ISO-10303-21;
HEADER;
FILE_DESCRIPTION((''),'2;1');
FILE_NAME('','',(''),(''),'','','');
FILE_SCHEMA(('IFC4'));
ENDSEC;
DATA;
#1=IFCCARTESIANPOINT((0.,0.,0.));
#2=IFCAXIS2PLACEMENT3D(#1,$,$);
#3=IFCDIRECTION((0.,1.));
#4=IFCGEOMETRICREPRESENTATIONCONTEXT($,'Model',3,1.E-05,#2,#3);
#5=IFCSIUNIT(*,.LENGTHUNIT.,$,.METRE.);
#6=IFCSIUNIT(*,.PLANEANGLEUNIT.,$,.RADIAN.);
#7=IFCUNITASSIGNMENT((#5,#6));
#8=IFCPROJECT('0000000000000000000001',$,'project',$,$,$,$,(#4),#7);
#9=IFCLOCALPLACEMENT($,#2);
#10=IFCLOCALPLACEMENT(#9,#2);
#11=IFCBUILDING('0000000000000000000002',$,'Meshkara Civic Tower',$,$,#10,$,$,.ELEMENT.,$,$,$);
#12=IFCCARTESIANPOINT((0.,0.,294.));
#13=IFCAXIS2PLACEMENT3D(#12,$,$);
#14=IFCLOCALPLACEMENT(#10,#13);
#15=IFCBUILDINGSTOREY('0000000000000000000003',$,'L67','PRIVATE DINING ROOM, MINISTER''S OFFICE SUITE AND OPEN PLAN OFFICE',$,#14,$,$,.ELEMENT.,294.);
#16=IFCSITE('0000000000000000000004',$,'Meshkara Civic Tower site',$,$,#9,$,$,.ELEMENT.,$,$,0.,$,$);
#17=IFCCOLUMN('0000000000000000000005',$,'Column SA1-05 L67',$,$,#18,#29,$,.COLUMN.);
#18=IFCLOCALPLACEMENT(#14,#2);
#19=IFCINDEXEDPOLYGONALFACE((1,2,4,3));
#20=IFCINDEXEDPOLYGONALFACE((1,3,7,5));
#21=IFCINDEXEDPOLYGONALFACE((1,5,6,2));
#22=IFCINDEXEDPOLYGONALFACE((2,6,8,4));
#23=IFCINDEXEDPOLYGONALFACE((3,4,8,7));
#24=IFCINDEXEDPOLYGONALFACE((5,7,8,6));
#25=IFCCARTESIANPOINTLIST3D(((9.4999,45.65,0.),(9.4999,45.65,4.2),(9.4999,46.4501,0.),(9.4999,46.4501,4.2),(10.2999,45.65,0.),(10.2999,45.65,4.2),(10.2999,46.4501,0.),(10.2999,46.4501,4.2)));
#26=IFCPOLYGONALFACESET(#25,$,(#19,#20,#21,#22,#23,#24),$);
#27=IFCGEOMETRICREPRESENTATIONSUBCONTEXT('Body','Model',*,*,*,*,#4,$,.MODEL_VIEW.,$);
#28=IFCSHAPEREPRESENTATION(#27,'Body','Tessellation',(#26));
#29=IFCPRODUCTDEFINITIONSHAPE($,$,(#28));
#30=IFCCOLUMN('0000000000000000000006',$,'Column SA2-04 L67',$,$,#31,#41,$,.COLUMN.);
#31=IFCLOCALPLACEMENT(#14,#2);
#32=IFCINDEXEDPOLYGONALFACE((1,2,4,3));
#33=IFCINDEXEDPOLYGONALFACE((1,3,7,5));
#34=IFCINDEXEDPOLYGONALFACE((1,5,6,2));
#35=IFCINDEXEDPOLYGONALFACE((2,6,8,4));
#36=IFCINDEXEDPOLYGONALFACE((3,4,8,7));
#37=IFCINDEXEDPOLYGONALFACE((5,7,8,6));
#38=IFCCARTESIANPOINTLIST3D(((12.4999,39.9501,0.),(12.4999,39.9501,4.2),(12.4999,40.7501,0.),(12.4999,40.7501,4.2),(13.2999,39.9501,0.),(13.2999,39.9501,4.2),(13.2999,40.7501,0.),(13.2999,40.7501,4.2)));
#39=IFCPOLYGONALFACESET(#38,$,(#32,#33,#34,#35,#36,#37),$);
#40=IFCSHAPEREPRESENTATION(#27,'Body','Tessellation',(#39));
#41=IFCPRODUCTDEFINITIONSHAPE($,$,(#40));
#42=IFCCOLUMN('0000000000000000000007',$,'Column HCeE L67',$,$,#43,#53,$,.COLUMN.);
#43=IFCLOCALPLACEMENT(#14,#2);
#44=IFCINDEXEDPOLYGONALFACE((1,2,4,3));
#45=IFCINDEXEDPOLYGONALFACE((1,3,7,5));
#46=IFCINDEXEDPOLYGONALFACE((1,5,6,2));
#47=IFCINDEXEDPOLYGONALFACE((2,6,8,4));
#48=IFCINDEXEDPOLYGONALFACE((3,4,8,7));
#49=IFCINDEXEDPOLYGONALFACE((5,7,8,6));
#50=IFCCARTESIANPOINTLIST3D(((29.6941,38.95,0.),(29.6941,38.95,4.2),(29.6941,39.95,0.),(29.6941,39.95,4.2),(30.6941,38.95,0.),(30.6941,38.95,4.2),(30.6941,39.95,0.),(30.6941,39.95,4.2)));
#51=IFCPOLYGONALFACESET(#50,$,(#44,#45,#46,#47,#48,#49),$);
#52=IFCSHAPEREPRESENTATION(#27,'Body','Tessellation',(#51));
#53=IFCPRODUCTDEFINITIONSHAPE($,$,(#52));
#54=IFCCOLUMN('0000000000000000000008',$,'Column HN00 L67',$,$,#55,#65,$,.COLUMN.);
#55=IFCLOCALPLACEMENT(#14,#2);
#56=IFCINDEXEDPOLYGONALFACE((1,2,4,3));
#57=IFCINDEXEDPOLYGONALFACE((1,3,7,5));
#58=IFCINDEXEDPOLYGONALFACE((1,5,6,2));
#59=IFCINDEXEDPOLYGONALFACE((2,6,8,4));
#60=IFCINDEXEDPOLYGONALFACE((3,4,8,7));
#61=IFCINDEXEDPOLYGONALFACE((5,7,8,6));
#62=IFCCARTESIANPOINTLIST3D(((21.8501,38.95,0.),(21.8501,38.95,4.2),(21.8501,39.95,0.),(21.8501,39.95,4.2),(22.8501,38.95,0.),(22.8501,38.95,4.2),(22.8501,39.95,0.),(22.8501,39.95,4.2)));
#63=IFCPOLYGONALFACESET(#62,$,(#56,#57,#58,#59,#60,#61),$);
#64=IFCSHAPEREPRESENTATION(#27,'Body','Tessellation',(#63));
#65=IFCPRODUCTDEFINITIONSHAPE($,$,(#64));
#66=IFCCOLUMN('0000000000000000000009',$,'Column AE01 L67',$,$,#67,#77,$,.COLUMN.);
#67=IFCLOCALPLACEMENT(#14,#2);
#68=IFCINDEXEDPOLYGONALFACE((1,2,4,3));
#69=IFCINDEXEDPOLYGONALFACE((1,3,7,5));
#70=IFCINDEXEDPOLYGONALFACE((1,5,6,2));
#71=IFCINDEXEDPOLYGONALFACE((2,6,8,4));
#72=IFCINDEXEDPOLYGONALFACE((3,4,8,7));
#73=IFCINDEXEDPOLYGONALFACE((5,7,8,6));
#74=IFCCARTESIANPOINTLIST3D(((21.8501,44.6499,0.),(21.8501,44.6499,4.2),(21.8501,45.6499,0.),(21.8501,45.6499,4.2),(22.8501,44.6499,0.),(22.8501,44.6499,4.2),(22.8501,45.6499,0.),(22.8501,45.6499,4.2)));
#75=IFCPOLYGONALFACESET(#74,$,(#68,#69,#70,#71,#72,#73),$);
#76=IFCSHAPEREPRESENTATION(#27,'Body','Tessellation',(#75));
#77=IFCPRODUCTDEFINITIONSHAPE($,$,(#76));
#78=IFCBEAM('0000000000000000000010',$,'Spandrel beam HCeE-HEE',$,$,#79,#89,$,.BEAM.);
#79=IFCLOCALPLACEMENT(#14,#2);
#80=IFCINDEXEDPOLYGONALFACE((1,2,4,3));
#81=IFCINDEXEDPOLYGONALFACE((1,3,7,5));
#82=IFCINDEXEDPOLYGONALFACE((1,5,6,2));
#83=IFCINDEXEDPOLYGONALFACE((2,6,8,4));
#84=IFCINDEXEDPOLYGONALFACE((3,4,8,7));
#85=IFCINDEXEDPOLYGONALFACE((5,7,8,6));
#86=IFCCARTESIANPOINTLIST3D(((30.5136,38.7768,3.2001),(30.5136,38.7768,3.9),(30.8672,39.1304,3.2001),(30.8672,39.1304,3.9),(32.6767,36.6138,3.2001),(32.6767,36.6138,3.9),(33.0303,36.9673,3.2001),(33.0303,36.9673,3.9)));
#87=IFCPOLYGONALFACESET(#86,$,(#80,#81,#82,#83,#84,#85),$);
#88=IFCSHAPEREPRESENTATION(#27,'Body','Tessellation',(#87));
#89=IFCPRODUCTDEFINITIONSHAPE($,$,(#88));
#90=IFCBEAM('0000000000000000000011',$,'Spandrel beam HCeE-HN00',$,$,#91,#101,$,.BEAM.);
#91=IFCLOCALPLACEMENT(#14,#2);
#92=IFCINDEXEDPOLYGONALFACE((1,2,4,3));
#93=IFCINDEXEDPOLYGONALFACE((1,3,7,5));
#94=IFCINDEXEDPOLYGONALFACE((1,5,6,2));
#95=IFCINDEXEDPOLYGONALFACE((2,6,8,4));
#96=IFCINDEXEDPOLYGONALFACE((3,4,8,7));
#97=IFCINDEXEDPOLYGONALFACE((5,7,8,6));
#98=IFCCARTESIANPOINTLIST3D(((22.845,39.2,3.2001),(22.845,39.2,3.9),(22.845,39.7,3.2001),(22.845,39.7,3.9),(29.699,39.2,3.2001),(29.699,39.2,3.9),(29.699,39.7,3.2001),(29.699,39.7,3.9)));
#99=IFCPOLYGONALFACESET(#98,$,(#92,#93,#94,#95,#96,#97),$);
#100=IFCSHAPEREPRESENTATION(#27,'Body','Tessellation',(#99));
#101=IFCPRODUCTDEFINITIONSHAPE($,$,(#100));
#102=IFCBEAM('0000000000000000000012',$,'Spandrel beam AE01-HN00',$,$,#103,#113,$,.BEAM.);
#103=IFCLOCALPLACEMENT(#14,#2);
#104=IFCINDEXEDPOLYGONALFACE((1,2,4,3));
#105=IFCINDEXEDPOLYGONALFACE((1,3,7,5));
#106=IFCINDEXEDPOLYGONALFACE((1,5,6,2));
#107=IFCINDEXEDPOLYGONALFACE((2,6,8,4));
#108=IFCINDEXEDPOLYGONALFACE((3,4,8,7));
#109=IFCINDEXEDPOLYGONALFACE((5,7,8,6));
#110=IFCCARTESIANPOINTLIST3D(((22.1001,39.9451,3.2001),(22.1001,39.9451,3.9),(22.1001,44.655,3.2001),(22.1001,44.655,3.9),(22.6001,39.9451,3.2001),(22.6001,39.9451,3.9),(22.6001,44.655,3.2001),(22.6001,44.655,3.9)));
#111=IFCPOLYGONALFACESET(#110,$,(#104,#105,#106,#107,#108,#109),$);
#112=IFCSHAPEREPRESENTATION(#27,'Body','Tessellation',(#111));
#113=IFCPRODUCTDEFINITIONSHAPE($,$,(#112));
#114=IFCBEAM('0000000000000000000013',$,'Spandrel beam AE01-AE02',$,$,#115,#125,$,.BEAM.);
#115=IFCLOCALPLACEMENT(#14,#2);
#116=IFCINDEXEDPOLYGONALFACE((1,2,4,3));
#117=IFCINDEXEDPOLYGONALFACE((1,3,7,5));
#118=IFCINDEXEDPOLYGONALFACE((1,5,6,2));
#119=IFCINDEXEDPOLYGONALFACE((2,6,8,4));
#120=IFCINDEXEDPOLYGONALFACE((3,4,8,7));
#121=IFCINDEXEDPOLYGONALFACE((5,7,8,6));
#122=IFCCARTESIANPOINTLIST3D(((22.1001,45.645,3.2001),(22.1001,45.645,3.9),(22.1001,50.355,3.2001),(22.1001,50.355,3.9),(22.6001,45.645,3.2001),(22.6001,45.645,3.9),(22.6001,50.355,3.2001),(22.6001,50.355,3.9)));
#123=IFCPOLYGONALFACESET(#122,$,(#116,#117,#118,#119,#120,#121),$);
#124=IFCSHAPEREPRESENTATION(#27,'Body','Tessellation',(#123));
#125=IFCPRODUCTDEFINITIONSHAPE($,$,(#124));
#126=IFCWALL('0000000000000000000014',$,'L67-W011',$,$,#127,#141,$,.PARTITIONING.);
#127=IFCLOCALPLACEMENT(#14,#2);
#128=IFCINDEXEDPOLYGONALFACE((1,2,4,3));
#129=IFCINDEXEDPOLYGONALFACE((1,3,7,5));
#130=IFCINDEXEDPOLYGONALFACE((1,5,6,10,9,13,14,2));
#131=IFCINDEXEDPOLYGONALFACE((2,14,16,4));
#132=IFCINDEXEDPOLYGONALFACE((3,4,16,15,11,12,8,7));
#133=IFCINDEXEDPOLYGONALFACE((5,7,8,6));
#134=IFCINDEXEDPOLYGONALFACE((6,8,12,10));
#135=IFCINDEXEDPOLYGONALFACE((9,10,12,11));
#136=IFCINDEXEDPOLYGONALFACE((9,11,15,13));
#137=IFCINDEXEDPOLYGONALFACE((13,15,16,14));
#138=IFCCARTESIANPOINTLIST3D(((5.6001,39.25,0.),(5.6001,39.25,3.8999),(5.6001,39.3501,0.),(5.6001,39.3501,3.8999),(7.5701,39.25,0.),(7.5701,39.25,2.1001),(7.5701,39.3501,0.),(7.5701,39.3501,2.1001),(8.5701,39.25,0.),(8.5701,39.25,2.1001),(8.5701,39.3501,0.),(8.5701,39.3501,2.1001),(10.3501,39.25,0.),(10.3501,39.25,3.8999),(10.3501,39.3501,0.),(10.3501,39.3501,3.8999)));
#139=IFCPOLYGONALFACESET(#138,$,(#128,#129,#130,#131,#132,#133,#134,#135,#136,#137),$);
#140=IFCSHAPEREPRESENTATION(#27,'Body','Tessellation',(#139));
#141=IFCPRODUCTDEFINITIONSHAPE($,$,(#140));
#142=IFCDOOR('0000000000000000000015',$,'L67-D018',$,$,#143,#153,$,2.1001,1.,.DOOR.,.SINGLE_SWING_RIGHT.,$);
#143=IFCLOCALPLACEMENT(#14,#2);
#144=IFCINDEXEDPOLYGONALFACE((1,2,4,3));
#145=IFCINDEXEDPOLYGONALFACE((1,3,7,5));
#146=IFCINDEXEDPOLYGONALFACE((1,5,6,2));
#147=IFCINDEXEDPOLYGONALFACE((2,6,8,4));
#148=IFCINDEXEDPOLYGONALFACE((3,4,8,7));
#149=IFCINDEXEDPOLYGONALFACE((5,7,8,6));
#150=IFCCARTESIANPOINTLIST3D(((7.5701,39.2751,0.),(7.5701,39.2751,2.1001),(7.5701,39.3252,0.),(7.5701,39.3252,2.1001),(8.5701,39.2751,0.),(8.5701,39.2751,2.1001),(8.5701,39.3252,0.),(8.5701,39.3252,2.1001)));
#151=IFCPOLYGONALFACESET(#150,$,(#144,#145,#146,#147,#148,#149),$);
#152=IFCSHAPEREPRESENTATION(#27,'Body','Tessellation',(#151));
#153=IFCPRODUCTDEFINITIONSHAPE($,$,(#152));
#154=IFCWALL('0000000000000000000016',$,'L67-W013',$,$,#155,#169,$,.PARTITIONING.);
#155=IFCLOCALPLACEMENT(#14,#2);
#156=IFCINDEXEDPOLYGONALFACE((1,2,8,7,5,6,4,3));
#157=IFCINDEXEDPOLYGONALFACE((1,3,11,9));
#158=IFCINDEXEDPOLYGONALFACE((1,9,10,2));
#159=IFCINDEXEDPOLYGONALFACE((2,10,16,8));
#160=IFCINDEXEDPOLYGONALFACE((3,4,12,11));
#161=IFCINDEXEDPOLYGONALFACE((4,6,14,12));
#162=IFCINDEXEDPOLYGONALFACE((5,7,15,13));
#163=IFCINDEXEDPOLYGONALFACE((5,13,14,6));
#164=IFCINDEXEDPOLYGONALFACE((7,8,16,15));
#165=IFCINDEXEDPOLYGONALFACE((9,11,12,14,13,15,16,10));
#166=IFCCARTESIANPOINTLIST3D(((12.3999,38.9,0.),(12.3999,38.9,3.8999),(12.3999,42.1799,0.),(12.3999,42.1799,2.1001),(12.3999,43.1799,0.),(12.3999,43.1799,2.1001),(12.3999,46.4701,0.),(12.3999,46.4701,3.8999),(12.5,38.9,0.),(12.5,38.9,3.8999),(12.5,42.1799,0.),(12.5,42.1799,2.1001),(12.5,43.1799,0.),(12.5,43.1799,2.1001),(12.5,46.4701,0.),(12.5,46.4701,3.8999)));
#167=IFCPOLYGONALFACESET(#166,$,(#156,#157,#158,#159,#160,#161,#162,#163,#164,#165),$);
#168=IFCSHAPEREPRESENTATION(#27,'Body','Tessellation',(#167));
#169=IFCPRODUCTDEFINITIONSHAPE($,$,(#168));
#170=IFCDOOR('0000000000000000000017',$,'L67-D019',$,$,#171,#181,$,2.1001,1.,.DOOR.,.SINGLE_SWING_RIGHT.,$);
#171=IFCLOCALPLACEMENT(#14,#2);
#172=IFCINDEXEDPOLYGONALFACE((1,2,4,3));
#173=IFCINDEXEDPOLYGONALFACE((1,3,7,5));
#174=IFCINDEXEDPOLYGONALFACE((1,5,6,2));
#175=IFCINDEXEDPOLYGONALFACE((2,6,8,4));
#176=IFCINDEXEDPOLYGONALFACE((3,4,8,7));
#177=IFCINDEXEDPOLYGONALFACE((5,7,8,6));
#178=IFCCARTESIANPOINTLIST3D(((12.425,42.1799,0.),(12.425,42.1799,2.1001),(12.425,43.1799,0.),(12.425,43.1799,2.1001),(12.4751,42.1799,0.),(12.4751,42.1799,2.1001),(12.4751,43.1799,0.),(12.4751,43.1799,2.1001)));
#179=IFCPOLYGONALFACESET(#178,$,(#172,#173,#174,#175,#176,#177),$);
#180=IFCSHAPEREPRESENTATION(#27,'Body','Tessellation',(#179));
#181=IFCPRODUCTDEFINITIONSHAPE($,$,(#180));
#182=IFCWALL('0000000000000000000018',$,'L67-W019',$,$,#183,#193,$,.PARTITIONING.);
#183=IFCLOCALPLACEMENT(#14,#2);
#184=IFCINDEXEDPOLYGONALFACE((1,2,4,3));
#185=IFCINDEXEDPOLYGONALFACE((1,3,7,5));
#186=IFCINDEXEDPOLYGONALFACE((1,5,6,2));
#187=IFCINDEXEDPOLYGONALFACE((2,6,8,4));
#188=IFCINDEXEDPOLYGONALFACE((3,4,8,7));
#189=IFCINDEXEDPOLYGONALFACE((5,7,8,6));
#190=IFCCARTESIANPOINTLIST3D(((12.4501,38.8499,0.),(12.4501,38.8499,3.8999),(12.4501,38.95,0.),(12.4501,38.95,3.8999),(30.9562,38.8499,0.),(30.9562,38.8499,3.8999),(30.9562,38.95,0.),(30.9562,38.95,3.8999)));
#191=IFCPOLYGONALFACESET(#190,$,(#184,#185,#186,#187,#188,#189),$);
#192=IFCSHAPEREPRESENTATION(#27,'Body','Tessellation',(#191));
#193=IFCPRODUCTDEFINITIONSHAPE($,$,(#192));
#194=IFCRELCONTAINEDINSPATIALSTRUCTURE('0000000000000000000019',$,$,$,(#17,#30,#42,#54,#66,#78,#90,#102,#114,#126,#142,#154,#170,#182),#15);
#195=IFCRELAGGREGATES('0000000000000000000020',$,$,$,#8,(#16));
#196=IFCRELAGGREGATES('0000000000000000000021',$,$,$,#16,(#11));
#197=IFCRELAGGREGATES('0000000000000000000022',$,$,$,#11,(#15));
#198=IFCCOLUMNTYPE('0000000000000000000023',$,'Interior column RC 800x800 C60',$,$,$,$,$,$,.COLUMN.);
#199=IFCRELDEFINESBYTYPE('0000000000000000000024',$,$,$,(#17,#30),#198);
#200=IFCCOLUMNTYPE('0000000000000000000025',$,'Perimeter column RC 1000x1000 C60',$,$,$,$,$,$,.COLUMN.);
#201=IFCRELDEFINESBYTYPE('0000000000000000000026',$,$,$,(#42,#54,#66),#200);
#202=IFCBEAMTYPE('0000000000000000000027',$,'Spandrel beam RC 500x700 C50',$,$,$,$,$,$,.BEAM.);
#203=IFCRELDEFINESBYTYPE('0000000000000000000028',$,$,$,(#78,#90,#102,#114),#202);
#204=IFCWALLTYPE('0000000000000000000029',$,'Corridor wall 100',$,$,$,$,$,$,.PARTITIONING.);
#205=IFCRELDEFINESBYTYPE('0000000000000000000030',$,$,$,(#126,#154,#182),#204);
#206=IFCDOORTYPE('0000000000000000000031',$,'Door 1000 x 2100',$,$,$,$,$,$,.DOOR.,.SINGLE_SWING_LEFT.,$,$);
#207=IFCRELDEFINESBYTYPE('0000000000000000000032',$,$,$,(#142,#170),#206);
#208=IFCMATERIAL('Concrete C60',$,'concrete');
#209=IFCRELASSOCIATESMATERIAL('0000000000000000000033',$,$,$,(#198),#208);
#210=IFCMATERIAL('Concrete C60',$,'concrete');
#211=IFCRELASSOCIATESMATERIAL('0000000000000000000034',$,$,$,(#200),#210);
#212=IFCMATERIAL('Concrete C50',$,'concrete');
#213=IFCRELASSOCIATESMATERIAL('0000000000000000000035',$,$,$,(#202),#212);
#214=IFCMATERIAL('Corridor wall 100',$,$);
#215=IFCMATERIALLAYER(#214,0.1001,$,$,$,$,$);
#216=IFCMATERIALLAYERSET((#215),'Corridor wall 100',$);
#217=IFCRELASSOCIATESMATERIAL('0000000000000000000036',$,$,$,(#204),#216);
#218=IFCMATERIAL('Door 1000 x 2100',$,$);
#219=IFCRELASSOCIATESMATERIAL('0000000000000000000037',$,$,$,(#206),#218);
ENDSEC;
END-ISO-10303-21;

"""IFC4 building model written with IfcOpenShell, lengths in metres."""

from ifc_helpers import new_model, si_unit, direction, frame, frame_2d, origin, origin_2d, place, context, subcontext, project, spatial, rectangle, extrude, material, layer, layer_set, material_profile, profile_set, type_object, element, fill, save


model = new_model("IFC4")

# Units and contexts
model_context = context("Model", 3, precision=1e-05, world=origin(), true_north=direction((0.0, 1.0)))
body_context = subcontext(model_context, "Body", "Model", "MODEL_VIEW")
ifc_project = project(units=[si_unit("LENGTHUNIT", "METRE"), si_unit("PLANEANGLEUNIT", "RADIAN")], contexts=[model_context])

# Site, building, storey
site_placement = place(None, origin())
site = spatial("IfcSite", under=ifc_project, at=site_placement, Name="Meshkara Civic Tower site", CompositionType="ELEMENT", RefElevation=0.0)
building_placement = place(site_placement, origin())
building = spatial("IfcBuilding", under=site, at=building_placement, Name="Meshkara Civic Tower", CompositionType="ELEMENT")
storey_placement = place(building_placement, frame((0.0, 0.0, 294.0)))
storey = spatial("IfcBuildingStorey", under=building, at=storey_placement, Name="L67", Description="PRIVATE DINING ROOM, MINISTER'S OFFICE SUITE AND OPEN PLAN OFFICE", CompositionType="ELEMENT", Elevation=294.0)

# Columns
ifc_material_1 = material(Name="Concrete C60", Category="concrete")
ifc_material_profile_1 = material_profile(ifc_material_1, rectangle(XDim=0.8, YDim=0.8, at=origin_2d()))
ifc_profile_set_1 = profile_set([ifc_material_profile_1], Name="Concrete C60")
column_type_1 = type_object("IfcColumnType", Name="Interior column RC 800x800 C60", PredefinedType="COLUMN", material=ifc_profile_set_1)
for number, where, z_axis, x_axis, name in (
    (1, (9.8999, 46.05, 0.0), (0.0, 0.0, 1.0), (1.0, 0.0, 0.0), "Column SA1-05 L67"),
    (2, (12.8999, 40.3501, 0.0), (0.0, 0.0, 1.0), (1.0, 0.0, 0.0), "Column SA2-04 L67"),
):
    element("IfcColumn", number, at=place(storey_placement, frame(where, z_axis=z_axis, x_axis=x_axis)), inside=storey, type_object=column_type_1, Name=name, PredefinedType="COLUMN", context=body_context, shape_type="SweptSolid", body=[
        extrude(rectangle(XDim=0.8, YDim=0.8, at=origin_2d()), origin(), (0.0, 0.0, 1.0), 4.2),
    ])
ifc_material_2 = material(Name="Concrete C60", Category="concrete")
ifc_material_profile_2 = material_profile(ifc_material_2, rectangle(XDim=1.0, YDim=1.0, at=origin_2d()))
ifc_profile_set_2 = profile_set([ifc_material_profile_2], Name="Concrete C60")
column_type_2 = type_object("IfcColumnType", Name="Perimeter column RC 1000x1000 C60", PredefinedType="COLUMN", material=ifc_profile_set_2)
for number, where, z_axis, x_axis, name in (
    (3, (30.1941, 39.45, 0.0), (0.0, 0.0, 1.0), (1.0, 0.0, 0.0), "Column HCeE L67"),
    (4, (22.3501, 39.45, 0.0), (0.0, 0.0, 1.0), (1.0, 0.0, 0.0), "Column HN00 L67"),
    (5, (22.3501, 45.1499, 0.0), (0.0, 0.0, 1.0), (1.0, 0.0, 0.0), "Column AE01 L67"),
):
    element("IfcColumn", number, at=place(storey_placement, frame(where, z_axis=z_axis, x_axis=x_axis)), inside=storey, type_object=column_type_2, Name=name, PredefinedType="COLUMN", context=body_context, shape_type="SweptSolid", body=[
        extrude(rectangle(XDim=1.0, YDim=1.0, at=origin_2d()), origin(), (0.0, 0.0, 1.0), 4.2),
    ])

# Beams
ifc_material_3 = material(Name="Concrete C50", Category="concrete")
ifc_material_profile_3 = material_profile(ifc_material_3, rectangle(XDim=0.5, YDim=0.7, at=origin_2d()))
ifc_profile_set_3 = profile_set([ifc_material_profile_3], Name="Concrete C50")
beam_type = type_object("IfcBeamType", Name="Spandrel beam RC 500x700 C50", PredefinedType="BEAM", material=ifc_profile_set_3)
beam_1_placement = place(storey_placement, frame((32.8535, 36.7905, 3.55), z_axis=(-0.707107, 0.707107, 0.0), x_axis=(-0.707107, -0.707107, 0.0)))
element("IfcBeam", 6, at=beam_1_placement, inside=storey, type_object=beam_type, Name="Spandrel beam HCeE-HEE", PredefinedType="BEAM", context=body_context, shape_type="SweptSolid", body=[
    extrude(rectangle(XDim=0.5, YDim=0.7, at=origin_2d()), origin(), (0.0, 0.0, 1.0), 3.0591),
])
beam_2_placement = place(storey_placement, frame((29.699, 39.45, 3.55), z_axis=(-1.0, 0.0, 0.0), x_axis=(0.0, -1.0, 0.0)))
element("IfcBeam", 7, at=beam_2_placement, inside=storey, type_object=beam_type, Name="Spandrel beam HCeE-HN00", PredefinedType="BEAM", context=body_context, shape_type="SweptSolid", body=[
    extrude(rectangle(XDim=0.5, YDim=0.7, at=origin_2d()), origin(), (0.0, 0.0, 1.0), 6.854),
])
for number, where, z_axis, x_axis, name in (
    (8, (22.3501, 39.9451, 3.55), (0.0, 1.0, 0.0), (-1.0, 0.0, 0.0), "Spandrel beam AE01-HN00"),
    (9, (22.3501, 45.645, 3.55), (0.0, 1.0, 0.0), (-1.0, 0.0, 0.0), "Spandrel beam AE01-AE02"),
):
    element("IfcBeam", number, at=place(storey_placement, frame(where, z_axis=z_axis, x_axis=x_axis)), inside=storey, type_object=beam_type, Name=name, PredefinedType="BEAM", context=body_context, shape_type="SweptSolid", body=[
        extrude(rectangle(XDim=0.5, YDim=0.7, at=origin_2d()), origin(), (0.0, 0.0, 1.0), 4.71),
    ])

# Walls, openings, doors
ifc_material_4 = material(Name="Corridor wall 100")
ifc_layer_1 = layer(ifc_material_4, 0.1001)
ifc_layer_set_1 = layer_set([ifc_layer_1], Name="Corridor wall 100")
wall_type_1 = type_object("IfcWallType", Name="Corridor wall 100", PredefinedType="PARTITIONING", material=ifc_layer_set_1)
wall_1_placement = place(storey_placement, frame((10.3501, 39.3, 0.0), z_axis=(0.0, 0.0, 1.0), x_axis=(-1.0, 0.0, 0.0)))
wall_1 = element("IfcWall", 10, at=wall_1_placement, inside=storey, type_object=wall_type_1, Name="L67-W011", PredefinedType="PARTITIONING", context=body_context, shape_type="SweptSolid", body=[
    extrude(rectangle(XDim=4.75, YDim=0.1001, at=frame_2d((2.375, 0.0))), origin(), (0.0, 0.0, 1.0), 3.8999),
])
opening_1_placement = place(wall_1_placement, frame((1.78, 0.0, 0.0)))
opening_1 = element("IfcOpeningElement", 11, at=opening_1_placement, cuts=wall_1, PredefinedType="OPENING", context=body_context, shape_type="SweptSolid", body=[
    extrude(rectangle(XDim=1.0, YDim=2.1001, at=frame_2d((0.5, 1.05))), frame((0.0, 0.0601, 0.0), z_axis=(0.0, -1.0, 0.0), x_axis=(1.0, 0.0, 0.0)), (0.0, 0.0, 1.0), 0.1201),
])
ifc_material_5 = material(Name="Door 1000 x 2100")
door_type = type_object("IfcDoorType", Name="Door 1000 x 2100", OperationType="SINGLE_SWING_LEFT", PredefinedType="DOOR", material=ifc_material_5)
door_1_placement = place(opening_1_placement, origin())
door_1 = element("IfcDoor", 12, at=door_1_placement, inside=storey, type_object=door_type, Name="L67-D018", OperationType="SINGLE_SWING_RIGHT", OverallHeight=2.1001, OverallWidth=1.0, PredefinedType="DOOR", context=body_context, shape_type="SweptSolid", body=[
    extrude(rectangle(XDim=1.0, YDim=2.1001, at=frame_2d((0.5, 1.05))), frame((0.0, 0.0249, 0.0), z_axis=(0.0, -1.0, 0.0), x_axis=(1.0, 0.0, 0.0)), (0.0, 0.0, 1.0), 0.05),
])
fill(opening_1, door_1)
wall_2_placement = place(storey_placement, frame((12.45, 38.8999, 0.0), z_axis=(0.0, 0.0, 1.0), x_axis=(0.0, 1.0, 0.0)))
wall_2 = element("IfcWall", 13, at=wall_2_placement, inside=storey, type_object=wall_type_1, Name="L67-W013", PredefinedType="PARTITIONING", context=body_context, shape_type="SweptSolid", body=[
    extrude(rectangle(XDim=7.5701, YDim=0.1001, at=frame_2d((3.7852, 0.0))), origin(), (0.0, 0.0, 1.0), 3.8999),
])
opening_2_placement = place(wall_2_placement, frame((3.28, 0.0, 0.0)))
opening_2 = element("IfcOpeningElement", 14, at=opening_2_placement, cuts=wall_2, PredefinedType="OPENING", context=body_context, shape_type="SweptSolid", body=[
    extrude(rectangle(XDim=1.0, YDim=2.1001, at=frame_2d((0.5, 1.05))), frame((0.0, 0.0601, 0.0), z_axis=(0.0, -1.0, 0.0), x_axis=(1.0, 0.0, 0.0)), (0.0, 0.0, 1.0), 0.1201),
])
door_2_placement = place(opening_2_placement, origin())
door_2 = element("IfcDoor", 15, at=door_2_placement, inside=storey, type_object=door_type, Name="L67-D019", OperationType="SINGLE_SWING_RIGHT", OverallHeight=2.1001, OverallWidth=1.0, PredefinedType="DOOR", context=body_context, shape_type="SweptSolid", body=[
    extrude(rectangle(XDim=1.0, YDim=2.1001, at=frame_2d((0.5, 1.05))), frame((0.0, 0.0249, 0.0), z_axis=(0.0, -1.0, 0.0), x_axis=(1.0, 0.0, 0.0)), (0.0, 0.0, 1.0), 0.05),
])
fill(opening_2, door_2)

# Wall
wall_3_placement = place(storey_placement, frame((30.9561, 38.8999, 0.0), z_axis=(0.0, 0.0, 1.0), x_axis=(-1.0, 0.0, 0.0)))
element("IfcWall", 16, at=wall_3_placement, inside=storey, type_object=wall_type_1, Name="L67-W019", PredefinedType="PARTITIONING", context=body_context, shape_type="SweptSolid", body=[
    extrude(rectangle(XDim=18.5061, YDim=0.1001, at=frame_2d((9.2529, 0.0))), origin(), (0.0, 0.0, 1.0), 3.8999),
])

save(model, "model.ifc")
